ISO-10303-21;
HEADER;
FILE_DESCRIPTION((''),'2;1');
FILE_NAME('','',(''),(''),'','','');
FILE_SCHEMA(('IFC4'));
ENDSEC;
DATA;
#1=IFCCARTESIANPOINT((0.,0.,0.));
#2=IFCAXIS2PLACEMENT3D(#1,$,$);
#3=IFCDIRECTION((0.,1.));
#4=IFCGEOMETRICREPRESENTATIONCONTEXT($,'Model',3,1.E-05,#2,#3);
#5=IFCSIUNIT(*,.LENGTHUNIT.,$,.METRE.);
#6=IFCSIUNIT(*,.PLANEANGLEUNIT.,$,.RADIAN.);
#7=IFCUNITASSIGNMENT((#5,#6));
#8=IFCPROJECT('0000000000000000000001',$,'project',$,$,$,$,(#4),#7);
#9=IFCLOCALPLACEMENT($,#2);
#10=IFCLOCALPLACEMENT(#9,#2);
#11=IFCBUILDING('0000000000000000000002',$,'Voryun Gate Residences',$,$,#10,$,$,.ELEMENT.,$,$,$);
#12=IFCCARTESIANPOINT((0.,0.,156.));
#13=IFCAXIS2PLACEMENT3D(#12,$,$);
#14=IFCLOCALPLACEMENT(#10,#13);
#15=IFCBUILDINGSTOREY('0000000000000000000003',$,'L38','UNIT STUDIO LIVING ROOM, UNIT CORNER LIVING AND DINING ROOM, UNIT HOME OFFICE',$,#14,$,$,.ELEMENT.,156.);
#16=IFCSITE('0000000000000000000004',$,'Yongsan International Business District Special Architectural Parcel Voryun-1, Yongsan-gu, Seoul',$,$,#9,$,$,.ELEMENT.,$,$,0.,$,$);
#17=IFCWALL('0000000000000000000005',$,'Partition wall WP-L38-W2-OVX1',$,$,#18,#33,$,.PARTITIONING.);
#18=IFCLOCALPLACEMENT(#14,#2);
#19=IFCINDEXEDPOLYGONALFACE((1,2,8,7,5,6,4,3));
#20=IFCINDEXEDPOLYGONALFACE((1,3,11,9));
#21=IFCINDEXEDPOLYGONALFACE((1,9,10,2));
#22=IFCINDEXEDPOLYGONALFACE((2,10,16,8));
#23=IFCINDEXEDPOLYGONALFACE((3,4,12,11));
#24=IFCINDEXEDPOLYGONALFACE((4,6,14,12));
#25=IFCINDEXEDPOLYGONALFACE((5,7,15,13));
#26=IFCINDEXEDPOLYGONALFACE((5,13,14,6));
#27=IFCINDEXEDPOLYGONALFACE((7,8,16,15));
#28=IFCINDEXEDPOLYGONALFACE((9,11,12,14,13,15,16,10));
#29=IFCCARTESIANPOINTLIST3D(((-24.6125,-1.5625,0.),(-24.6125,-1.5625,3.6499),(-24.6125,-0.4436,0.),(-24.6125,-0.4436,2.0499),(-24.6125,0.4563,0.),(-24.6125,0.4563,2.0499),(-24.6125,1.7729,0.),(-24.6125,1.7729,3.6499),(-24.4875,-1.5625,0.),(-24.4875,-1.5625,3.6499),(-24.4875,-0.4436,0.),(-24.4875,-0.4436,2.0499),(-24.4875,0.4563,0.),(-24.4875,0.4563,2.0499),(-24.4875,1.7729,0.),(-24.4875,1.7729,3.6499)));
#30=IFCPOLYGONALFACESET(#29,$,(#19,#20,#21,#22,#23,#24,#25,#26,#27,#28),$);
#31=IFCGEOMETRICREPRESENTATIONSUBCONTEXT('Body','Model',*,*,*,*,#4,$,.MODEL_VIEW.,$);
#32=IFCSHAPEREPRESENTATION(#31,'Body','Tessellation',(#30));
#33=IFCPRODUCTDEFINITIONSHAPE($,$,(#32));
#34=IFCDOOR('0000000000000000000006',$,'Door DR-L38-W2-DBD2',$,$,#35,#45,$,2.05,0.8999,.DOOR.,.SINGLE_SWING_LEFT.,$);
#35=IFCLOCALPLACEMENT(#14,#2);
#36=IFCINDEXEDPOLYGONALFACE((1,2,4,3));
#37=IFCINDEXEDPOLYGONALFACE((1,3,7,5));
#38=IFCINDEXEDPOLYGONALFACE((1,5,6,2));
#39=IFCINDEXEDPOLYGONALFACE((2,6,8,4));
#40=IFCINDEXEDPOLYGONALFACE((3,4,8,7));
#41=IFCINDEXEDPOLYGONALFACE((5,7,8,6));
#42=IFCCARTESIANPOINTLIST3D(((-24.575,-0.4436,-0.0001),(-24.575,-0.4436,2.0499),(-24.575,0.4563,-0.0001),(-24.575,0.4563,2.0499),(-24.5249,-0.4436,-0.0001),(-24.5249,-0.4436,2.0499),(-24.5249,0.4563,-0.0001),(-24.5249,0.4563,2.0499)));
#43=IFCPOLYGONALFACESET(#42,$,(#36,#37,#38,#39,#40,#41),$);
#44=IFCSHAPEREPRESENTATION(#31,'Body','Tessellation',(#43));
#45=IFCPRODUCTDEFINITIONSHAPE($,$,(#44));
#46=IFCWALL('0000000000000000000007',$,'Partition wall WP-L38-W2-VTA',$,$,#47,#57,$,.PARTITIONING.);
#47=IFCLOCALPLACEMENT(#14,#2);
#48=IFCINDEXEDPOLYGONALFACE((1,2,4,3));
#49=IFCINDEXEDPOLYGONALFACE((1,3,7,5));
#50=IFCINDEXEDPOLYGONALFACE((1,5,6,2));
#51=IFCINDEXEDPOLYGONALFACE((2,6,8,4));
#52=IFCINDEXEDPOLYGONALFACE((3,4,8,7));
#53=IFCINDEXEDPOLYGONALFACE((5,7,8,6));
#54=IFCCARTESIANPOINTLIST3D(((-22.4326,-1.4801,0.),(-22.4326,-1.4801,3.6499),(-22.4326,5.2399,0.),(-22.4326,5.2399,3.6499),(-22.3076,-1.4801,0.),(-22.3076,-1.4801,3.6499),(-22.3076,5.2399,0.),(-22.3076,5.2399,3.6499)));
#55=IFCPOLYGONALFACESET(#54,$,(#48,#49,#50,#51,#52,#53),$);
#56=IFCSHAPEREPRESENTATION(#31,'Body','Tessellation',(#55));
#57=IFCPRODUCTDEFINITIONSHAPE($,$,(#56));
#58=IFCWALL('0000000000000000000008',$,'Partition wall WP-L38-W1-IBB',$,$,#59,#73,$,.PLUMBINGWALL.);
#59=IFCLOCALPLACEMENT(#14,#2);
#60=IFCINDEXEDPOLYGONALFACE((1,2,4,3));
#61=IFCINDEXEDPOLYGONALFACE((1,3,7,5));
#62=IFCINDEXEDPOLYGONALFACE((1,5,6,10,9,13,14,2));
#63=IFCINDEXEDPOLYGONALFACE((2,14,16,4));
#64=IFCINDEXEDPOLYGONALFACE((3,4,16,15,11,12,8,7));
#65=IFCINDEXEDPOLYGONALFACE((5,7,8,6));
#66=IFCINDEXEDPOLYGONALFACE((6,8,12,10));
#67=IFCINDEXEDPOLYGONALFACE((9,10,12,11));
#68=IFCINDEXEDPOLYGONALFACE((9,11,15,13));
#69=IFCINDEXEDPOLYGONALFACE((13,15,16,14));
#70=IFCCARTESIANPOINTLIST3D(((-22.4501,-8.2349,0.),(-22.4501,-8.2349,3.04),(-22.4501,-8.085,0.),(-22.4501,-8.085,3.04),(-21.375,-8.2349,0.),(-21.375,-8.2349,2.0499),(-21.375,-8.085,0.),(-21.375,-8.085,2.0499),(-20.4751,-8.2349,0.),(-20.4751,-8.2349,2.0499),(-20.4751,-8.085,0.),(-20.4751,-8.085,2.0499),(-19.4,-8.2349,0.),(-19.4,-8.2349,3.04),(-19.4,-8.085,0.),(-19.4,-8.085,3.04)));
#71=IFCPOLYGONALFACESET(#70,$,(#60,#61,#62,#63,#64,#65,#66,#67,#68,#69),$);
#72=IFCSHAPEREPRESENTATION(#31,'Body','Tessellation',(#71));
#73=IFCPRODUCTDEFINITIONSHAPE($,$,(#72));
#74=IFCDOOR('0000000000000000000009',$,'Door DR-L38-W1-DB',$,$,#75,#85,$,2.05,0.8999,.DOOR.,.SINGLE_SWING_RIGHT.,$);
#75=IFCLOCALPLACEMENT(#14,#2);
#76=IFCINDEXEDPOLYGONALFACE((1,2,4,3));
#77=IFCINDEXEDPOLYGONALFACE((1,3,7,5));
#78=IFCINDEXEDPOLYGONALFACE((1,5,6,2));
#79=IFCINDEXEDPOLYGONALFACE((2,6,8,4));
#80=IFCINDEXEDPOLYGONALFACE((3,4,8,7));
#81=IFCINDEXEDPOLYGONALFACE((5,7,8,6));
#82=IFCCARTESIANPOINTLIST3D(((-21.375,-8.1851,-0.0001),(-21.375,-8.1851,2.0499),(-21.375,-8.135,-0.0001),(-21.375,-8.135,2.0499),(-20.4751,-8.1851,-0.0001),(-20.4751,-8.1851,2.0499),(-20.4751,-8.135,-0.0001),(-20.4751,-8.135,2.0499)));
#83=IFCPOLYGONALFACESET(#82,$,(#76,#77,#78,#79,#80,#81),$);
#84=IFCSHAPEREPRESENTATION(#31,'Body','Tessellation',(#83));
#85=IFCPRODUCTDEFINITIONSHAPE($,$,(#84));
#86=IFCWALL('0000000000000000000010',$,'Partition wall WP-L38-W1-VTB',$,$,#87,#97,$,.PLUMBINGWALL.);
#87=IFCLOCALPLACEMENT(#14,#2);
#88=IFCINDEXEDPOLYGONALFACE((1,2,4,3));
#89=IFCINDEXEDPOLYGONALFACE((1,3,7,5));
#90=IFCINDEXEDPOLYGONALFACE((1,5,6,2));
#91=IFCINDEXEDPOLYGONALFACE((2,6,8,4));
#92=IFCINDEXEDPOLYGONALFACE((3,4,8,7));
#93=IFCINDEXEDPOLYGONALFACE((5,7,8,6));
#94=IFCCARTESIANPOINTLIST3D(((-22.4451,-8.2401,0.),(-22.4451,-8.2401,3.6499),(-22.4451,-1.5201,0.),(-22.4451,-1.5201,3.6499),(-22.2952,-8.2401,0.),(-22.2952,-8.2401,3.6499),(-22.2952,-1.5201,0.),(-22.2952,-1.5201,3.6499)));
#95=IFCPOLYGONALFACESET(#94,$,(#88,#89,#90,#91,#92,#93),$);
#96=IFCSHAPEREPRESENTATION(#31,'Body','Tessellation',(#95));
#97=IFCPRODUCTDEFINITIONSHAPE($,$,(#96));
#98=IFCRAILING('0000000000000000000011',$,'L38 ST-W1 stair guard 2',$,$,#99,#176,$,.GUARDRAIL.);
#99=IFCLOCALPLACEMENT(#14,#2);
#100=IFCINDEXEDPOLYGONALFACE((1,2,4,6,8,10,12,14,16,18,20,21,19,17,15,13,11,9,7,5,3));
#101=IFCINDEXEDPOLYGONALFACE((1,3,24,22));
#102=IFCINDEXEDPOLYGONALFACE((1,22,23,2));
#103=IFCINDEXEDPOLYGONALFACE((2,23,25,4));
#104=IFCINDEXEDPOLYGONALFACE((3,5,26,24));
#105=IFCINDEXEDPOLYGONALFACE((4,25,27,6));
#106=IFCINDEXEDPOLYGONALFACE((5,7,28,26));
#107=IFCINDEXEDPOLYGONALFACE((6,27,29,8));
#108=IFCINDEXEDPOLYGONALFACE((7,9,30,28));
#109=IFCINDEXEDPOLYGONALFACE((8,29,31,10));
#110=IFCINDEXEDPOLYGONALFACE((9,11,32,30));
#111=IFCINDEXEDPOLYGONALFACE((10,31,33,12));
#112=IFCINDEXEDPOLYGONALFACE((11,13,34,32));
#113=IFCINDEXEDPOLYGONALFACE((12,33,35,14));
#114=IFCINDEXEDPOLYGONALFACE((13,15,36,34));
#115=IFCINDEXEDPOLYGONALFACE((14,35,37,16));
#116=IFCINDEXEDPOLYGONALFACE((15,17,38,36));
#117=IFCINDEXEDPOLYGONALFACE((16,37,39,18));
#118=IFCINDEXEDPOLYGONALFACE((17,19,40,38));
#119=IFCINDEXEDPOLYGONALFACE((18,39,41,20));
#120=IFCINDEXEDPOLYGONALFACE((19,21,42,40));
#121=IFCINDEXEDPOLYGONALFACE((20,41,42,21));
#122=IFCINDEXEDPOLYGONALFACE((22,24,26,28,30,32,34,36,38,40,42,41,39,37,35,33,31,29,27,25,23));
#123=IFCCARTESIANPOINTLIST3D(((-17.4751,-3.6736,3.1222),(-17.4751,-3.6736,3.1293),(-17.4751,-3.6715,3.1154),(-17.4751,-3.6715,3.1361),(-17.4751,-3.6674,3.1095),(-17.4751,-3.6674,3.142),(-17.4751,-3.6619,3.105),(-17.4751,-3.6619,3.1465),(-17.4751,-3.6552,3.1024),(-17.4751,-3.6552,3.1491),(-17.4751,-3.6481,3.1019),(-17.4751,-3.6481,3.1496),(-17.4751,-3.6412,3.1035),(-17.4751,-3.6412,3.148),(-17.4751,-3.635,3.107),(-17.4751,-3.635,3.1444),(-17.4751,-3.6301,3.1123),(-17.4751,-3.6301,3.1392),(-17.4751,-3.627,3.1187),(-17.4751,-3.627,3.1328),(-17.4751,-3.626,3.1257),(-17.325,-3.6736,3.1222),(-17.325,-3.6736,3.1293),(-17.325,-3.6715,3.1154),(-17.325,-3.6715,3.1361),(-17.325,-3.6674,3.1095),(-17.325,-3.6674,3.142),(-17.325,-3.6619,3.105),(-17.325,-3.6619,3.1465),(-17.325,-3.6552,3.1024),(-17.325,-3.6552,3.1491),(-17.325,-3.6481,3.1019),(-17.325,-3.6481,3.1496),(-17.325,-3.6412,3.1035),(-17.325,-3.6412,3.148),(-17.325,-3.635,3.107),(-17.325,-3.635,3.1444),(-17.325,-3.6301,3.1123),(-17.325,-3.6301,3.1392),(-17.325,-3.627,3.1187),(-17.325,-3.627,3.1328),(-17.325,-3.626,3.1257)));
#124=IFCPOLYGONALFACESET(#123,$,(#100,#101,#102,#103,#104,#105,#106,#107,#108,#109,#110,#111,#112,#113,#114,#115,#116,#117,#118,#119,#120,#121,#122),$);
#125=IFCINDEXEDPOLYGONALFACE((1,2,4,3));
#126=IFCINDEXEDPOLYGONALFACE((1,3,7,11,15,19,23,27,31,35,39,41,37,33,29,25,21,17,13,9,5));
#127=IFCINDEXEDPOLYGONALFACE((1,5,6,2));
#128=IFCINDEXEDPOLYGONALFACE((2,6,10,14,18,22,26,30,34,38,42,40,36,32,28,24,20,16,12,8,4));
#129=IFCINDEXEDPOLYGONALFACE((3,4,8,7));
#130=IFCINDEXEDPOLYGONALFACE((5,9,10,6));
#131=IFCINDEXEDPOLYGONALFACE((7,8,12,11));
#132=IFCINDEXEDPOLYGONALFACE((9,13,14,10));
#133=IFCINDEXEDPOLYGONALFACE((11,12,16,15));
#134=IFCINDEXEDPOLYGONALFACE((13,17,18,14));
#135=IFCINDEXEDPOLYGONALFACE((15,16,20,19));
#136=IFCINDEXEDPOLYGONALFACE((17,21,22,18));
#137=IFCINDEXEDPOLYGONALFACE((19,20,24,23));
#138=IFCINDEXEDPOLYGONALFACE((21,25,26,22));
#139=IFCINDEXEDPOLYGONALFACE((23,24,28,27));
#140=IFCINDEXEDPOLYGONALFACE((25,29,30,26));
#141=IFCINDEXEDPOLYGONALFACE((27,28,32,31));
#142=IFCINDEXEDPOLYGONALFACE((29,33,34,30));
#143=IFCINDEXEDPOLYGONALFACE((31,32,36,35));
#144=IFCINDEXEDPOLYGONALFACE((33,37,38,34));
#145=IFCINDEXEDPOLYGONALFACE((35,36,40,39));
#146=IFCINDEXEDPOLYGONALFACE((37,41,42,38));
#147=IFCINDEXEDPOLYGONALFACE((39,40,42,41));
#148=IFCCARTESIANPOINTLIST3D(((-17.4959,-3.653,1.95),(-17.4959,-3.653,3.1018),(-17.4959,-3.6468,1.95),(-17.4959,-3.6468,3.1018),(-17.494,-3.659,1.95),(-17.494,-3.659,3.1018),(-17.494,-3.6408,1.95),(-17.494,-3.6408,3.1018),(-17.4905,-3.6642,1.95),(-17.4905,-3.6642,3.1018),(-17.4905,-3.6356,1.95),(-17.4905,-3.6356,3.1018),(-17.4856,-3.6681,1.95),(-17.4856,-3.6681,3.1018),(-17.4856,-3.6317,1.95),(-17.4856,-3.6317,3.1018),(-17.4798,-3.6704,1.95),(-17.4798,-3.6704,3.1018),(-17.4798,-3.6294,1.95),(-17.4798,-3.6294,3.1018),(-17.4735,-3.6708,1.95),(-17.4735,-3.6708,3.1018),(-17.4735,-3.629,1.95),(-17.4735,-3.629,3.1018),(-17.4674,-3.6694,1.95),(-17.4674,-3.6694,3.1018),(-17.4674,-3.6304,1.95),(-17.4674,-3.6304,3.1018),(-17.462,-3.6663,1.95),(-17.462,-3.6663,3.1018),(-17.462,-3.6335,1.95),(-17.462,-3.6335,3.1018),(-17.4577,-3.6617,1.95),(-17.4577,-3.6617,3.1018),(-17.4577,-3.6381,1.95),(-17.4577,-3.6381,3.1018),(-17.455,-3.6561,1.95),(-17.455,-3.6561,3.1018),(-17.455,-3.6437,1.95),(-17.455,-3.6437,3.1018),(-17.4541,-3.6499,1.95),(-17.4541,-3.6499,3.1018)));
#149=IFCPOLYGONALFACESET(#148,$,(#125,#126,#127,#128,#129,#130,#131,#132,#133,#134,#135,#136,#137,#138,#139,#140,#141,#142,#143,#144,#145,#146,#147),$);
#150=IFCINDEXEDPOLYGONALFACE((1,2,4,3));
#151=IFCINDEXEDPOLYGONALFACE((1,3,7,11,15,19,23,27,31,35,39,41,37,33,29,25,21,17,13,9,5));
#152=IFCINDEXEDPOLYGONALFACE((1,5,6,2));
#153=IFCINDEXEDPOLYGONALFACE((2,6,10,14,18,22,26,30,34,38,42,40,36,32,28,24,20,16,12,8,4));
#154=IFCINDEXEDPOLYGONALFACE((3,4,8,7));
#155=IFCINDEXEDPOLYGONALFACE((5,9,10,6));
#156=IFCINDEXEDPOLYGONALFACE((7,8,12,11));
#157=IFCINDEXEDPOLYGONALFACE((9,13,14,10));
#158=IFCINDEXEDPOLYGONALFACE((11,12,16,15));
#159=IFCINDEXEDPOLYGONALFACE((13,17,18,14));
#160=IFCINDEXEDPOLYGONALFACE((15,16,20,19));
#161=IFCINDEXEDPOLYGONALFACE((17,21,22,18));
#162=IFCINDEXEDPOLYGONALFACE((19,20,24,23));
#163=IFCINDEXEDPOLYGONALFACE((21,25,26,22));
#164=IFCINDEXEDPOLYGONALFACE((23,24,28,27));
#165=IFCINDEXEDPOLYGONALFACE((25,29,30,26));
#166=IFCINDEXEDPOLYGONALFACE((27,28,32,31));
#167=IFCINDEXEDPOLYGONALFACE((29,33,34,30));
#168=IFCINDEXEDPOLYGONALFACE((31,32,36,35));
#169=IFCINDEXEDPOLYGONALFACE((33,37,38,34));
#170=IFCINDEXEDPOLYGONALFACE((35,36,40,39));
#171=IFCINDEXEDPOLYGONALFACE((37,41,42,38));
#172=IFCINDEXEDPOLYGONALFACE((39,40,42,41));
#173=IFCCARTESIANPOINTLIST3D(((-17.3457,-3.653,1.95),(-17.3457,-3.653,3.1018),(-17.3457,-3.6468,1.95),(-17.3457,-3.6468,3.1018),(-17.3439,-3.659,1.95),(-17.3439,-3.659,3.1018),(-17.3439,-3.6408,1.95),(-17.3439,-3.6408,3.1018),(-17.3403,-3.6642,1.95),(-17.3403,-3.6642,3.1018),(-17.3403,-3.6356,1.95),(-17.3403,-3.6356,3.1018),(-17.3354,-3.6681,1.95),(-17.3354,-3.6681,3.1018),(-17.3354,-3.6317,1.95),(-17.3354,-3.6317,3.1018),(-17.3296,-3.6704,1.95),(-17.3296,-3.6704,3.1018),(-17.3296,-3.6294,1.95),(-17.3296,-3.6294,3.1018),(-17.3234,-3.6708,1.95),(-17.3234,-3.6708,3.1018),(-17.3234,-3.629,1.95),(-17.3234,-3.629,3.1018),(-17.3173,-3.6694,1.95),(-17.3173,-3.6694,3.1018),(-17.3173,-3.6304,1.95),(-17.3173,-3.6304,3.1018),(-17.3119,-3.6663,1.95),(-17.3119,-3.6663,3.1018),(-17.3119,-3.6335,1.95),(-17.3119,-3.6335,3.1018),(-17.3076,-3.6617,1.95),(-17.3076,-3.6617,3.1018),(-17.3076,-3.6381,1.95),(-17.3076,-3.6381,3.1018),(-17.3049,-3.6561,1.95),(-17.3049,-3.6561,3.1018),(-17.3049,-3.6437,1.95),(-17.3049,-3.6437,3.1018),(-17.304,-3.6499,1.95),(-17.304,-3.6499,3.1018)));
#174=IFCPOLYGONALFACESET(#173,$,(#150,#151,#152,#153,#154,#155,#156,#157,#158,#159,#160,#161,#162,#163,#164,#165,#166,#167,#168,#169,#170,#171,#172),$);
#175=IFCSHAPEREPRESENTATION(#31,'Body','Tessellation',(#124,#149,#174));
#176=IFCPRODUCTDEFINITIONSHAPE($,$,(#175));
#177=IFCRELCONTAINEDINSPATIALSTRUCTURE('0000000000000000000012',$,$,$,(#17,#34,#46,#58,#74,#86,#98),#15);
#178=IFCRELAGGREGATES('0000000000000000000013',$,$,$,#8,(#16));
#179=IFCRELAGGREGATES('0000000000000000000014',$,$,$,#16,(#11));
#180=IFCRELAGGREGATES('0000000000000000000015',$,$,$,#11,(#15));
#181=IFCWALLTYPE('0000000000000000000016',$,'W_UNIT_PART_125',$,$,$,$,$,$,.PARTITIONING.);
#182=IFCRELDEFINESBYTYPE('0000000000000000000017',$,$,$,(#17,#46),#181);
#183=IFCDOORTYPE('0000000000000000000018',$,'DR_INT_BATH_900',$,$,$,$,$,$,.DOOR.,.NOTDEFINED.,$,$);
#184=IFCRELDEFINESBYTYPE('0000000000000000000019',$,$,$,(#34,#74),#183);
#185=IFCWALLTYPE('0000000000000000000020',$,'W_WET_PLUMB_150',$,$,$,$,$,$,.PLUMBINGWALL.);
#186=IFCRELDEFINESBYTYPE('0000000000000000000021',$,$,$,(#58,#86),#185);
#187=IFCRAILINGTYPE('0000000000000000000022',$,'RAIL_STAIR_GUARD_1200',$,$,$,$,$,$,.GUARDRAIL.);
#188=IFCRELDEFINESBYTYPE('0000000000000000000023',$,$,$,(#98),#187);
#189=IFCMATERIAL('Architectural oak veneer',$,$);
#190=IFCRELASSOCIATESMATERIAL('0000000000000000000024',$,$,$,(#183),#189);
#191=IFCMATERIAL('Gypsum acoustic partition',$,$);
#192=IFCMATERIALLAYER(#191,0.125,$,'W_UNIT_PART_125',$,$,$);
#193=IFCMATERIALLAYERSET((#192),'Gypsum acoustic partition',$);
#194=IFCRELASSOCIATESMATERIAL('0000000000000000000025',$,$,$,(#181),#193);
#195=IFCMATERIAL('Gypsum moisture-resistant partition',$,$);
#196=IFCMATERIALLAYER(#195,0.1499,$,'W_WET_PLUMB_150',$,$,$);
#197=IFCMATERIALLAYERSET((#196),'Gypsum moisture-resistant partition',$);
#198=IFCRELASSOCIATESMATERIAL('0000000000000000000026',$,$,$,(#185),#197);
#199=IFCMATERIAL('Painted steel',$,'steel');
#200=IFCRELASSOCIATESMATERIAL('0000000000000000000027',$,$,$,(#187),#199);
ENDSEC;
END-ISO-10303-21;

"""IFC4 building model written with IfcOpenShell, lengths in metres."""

from ifc_helpers import new_model, si_unit, direction, frame, frame_2d, origin, origin_2d, place, context, subcontext, project, spatial, rectangle, circle, extrude, material, layer, layer_set, type_object, element, fill, save


model = new_model("IFC4")

# Units and contexts
model_context = context("Model", 3, precision=1e-05, world=origin(), true_north=direction((0.0, 1.0)))
body_context = subcontext(model_context, "Body", "Model", "MODEL_VIEW")
ifc_project = project(units=[si_unit("LENGTHUNIT", "METRE"), si_unit("PLANEANGLEUNIT", "RADIAN")], contexts=[model_context])

# Site, building, storey
site_placement = place(None, origin())
site = spatial("IfcSite", under=ifc_project, at=site_placement, Name="Yongsan International Business District Special Architectural Parcel Voryun-1, Yongsan-gu, Seoul", CompositionType="ELEMENT", RefElevation=0.0)
building_placement = place(site_placement, origin())
building = spatial("IfcBuilding", under=site, at=building_placement, Name="Voryun Gate Residences", CompositionType="ELEMENT")
storey_placement = place(building_placement, frame((0.0, 0.0, 156.0)))
storey = spatial("IfcBuildingStorey", under=building, at=storey_placement, Name="L38", Description="UNIT STUDIO LIVING ROOM, UNIT CORNER LIVING AND DINING ROOM, UNIT HOME OFFICE", CompositionType="ELEMENT", Elevation=156.0)

# Shared definitions
ifc_material_1 = material(Name="Architectural oak veneer")
door_type_1 = type_object("IfcDoorType", Name="DR_INT_BATH_900", OperationType="NOTDEFINED", PredefinedType="DOOR", material=ifc_material_1)

# Shared definitions
ifc_material_2 = material(Name="Gypsum acoustic partition")
ifc_layer_1 = layer(ifc_material_2, 0.125, Name="W_UNIT_PART_125")
ifc_layer_set_1 = layer_set([ifc_layer_1], Name="Gypsum acoustic partition")
wall_type_1 = type_object("IfcWallType", Name="W_UNIT_PART_125", PredefinedType="PARTITIONING", material=ifc_layer_set_1)

# Wall, opening, door
wall_1_placement = place(storey_placement, frame((-24.55, -1.5625, 0.0), z_axis=(0.0, 0.0, 1.0), x_axis=(0.0, 1.0, 0.0)))
wall_1 = element("IfcWall", 1, at=wall_1_placement, inside=storey, type_object=wall_type_1, Name="Partition wall WP-L38-W2-OVX1", PredefinedType="PARTITIONING", context=body_context, shape_type="SweptSolid", body=[
    extrude(rectangle(XDim=3.3354, YDim=0.125, at=frame_2d((1.6677, 0.0))), origin(), (0.0, 0.0, 1.0), 3.6499),
])
opening_1_placement = place(wall_1_placement, frame((1.1189, 0.0, 0.0)))
opening_1 = element("IfcOpeningElement", 2, at=opening_1_placement, cuts=wall_1, PredefinedType="OPENING", context=body_context, shape_type="SweptSolid", body=[
    extrude(rectangle(XDim=0.8999, YDim=2.05, at=frame_2d((0.45, 1.0249))), frame((0.0, 0.0725, 0.0), z_axis=(0.0, -1.0, 0.0), x_axis=(1.0, 0.0, 0.0)), (0.0, 0.0, 1.0), 0.145),
])
door_1_placement = place(opening_1_placement, origin())
door_1 = element("IfcDoor", 3, at=door_1_placement, inside=storey, type_object=door_type_1, Name="Door DR-L38-W2-DBD2", OperationType="SINGLE_SWING_LEFT", OverallHeight=2.05, OverallWidth=0.8999, PredefinedType="DOOR", context=body_context, shape_type="SweptSolid", body=[
    extrude(rectangle(XDim=0.8999, YDim=2.05, at=frame_2d((0.45, 1.0249))), frame((0.0, 0.0249, 0.0), z_axis=(0.0, -1.0, 0.0), x_axis=(1.0, 0.0, 0.0)), (0.0, 0.0, 1.0), 0.05),
])
fill(opening_1, door_1)

# Wall
wall_2_placement = place(storey_placement, frame((-22.3701, -1.48, 0.0), z_axis=(0.0, 0.0, 1.0), x_axis=(0.0, 1.0, 0.0)))
element("IfcWall", 4, at=wall_2_placement, inside=storey, type_object=wall_type_1, Name="Partition wall WP-L38-W2-VTA", PredefinedType="PARTITIONING", context=body_context, shape_type="SweptSolid", body=[
    extrude(rectangle(XDim=6.72, YDim=0.125, at=frame_2d((3.3599, 0.0))), origin(), (0.0, 0.0, 1.0), 3.6499),
])

# Wall, opening, door
ifc_material_3 = material(Name="Gypsum moisture-resistant partition")
ifc_layer_2 = layer(ifc_material_3, 0.1499, Name="W_WET_PLUMB_150")
ifc_layer_set_2 = layer_set([ifc_layer_2], Name="Gypsum moisture-resistant partition")
wall_type_2 = type_object("IfcWallType", Name="W_WET_PLUMB_150", PredefinedType="PLUMBINGWALL", material=ifc_layer_set_2)
wall_3_placement = place(storey_placement, frame((-22.45, -8.1599, 0.0), z_axis=(0.0, 0.0, 1.0), x_axis=(1.0, 0.0, 0.0)))
wall_3 = element("IfcWall", 5, at=wall_3_placement, inside=storey, type_object=wall_type_2, Name="Partition wall WP-L38-W1-IBB", PredefinedType="PLUMBINGWALL", context=body_context, shape_type="SweptSolid", body=[
    extrude(rectangle(XDim=3.05, YDim=0.1499, at=frame_2d((1.5249, 0.0))), origin(), (0.0, 0.0, 1.0), 3.04),
])
opening_2_placement = place(wall_3_placement, frame((1.075, 0.0, 0.0)))
opening_2 = element("IfcOpeningElement", 6, at=opening_2_placement, cuts=wall_3, PredefinedType="OPENING", context=body_context, shape_type="SweptSolid", body=[
    extrude(rectangle(XDim=0.8999, YDim=2.05, at=frame_2d((0.45, 1.0249))), frame((0.0, 0.085, 0.0), z_axis=(0.0, -1.0, 0.0), x_axis=(1.0, 0.0, 0.0)), (0.0, 0.0, 1.0), 0.1699),
])
door_2_placement = place(opening_2_placement, origin())
door_2 = element("IfcDoor", 7, at=door_2_placement, inside=storey, type_object=door_type_1, Name="Door DR-L38-W1-DB", OperationType="SINGLE_SWING_RIGHT", OverallHeight=2.05, OverallWidth=0.8999, PredefinedType="DOOR", context=body_context, shape_type="SweptSolid", body=[
    extrude(rectangle(XDim=0.8999, YDim=2.05, at=frame_2d((0.45, 1.0249))), frame((0.0, 0.0249, 0.0), z_axis=(0.0, -1.0, 0.0), x_axis=(1.0, 0.0, 0.0)), (0.0, 0.0, 1.0), 0.05),
])
fill(opening_2, door_2)

# Wall
wall_4_placement = place(storey_placement, frame((-22.3701, -8.24, 0.0), z_axis=(0.0, 0.0, 1.0), x_axis=(0.0, 1.0, 0.0)))
element("IfcWall", 8, at=wall_4_placement, inside=storey, type_object=wall_type_2, Name="Partition wall WP-L38-W1-VTB", PredefinedType="PLUMBINGWALL", context=body_context, shape_type="SweptSolid", body=[
    extrude(rectangle(XDim=6.72, YDim=0.1499, at=frame_2d((3.3599, 0.0))), origin(), (0.0, 0.0, 1.0), 3.6499),
])

# Railing
ifc_material_4 = material(Name="Painted steel", Category="steel")
railing_type = type_object("IfcRailingType", Name="RAIL_STAIR_GUARD_1200", PredefinedType="GUARDRAIL", material=ifc_material_4)
railing_1_placement = place(storey_placement, frame((-17.4751, -3.6499, 1.95)))
element("IfcRailing", 9, at=railing_1_placement, inside=storey, type_object=railing_type, Name="L38 ST-W1 stair guard 2", PredefinedType="GUARDRAIL", context=body_context, shape_type="SweptSolid", body=[
    extrude(circle(Radius=0.0239, at=origin_2d()), frame((0.0, 0.0, 1.1758), z_axis=(1.0, 0.0, 0.0), x_axis=(0.0, 1.0, 0.0)), (0.0, 0.0, 1.0), 0.1501),
    extrude(circle(Radius=0.021, at=origin_2d()), origin(), (0.0, 0.0, 1.0), 1.1519),
    extrude(circle(Radius=0.021, at=origin_2d()), frame((0.1501, 0.0, 0.0)), (0.0, 0.0, 1.0), 1.1519),
])

save(model, "model.ifc")
